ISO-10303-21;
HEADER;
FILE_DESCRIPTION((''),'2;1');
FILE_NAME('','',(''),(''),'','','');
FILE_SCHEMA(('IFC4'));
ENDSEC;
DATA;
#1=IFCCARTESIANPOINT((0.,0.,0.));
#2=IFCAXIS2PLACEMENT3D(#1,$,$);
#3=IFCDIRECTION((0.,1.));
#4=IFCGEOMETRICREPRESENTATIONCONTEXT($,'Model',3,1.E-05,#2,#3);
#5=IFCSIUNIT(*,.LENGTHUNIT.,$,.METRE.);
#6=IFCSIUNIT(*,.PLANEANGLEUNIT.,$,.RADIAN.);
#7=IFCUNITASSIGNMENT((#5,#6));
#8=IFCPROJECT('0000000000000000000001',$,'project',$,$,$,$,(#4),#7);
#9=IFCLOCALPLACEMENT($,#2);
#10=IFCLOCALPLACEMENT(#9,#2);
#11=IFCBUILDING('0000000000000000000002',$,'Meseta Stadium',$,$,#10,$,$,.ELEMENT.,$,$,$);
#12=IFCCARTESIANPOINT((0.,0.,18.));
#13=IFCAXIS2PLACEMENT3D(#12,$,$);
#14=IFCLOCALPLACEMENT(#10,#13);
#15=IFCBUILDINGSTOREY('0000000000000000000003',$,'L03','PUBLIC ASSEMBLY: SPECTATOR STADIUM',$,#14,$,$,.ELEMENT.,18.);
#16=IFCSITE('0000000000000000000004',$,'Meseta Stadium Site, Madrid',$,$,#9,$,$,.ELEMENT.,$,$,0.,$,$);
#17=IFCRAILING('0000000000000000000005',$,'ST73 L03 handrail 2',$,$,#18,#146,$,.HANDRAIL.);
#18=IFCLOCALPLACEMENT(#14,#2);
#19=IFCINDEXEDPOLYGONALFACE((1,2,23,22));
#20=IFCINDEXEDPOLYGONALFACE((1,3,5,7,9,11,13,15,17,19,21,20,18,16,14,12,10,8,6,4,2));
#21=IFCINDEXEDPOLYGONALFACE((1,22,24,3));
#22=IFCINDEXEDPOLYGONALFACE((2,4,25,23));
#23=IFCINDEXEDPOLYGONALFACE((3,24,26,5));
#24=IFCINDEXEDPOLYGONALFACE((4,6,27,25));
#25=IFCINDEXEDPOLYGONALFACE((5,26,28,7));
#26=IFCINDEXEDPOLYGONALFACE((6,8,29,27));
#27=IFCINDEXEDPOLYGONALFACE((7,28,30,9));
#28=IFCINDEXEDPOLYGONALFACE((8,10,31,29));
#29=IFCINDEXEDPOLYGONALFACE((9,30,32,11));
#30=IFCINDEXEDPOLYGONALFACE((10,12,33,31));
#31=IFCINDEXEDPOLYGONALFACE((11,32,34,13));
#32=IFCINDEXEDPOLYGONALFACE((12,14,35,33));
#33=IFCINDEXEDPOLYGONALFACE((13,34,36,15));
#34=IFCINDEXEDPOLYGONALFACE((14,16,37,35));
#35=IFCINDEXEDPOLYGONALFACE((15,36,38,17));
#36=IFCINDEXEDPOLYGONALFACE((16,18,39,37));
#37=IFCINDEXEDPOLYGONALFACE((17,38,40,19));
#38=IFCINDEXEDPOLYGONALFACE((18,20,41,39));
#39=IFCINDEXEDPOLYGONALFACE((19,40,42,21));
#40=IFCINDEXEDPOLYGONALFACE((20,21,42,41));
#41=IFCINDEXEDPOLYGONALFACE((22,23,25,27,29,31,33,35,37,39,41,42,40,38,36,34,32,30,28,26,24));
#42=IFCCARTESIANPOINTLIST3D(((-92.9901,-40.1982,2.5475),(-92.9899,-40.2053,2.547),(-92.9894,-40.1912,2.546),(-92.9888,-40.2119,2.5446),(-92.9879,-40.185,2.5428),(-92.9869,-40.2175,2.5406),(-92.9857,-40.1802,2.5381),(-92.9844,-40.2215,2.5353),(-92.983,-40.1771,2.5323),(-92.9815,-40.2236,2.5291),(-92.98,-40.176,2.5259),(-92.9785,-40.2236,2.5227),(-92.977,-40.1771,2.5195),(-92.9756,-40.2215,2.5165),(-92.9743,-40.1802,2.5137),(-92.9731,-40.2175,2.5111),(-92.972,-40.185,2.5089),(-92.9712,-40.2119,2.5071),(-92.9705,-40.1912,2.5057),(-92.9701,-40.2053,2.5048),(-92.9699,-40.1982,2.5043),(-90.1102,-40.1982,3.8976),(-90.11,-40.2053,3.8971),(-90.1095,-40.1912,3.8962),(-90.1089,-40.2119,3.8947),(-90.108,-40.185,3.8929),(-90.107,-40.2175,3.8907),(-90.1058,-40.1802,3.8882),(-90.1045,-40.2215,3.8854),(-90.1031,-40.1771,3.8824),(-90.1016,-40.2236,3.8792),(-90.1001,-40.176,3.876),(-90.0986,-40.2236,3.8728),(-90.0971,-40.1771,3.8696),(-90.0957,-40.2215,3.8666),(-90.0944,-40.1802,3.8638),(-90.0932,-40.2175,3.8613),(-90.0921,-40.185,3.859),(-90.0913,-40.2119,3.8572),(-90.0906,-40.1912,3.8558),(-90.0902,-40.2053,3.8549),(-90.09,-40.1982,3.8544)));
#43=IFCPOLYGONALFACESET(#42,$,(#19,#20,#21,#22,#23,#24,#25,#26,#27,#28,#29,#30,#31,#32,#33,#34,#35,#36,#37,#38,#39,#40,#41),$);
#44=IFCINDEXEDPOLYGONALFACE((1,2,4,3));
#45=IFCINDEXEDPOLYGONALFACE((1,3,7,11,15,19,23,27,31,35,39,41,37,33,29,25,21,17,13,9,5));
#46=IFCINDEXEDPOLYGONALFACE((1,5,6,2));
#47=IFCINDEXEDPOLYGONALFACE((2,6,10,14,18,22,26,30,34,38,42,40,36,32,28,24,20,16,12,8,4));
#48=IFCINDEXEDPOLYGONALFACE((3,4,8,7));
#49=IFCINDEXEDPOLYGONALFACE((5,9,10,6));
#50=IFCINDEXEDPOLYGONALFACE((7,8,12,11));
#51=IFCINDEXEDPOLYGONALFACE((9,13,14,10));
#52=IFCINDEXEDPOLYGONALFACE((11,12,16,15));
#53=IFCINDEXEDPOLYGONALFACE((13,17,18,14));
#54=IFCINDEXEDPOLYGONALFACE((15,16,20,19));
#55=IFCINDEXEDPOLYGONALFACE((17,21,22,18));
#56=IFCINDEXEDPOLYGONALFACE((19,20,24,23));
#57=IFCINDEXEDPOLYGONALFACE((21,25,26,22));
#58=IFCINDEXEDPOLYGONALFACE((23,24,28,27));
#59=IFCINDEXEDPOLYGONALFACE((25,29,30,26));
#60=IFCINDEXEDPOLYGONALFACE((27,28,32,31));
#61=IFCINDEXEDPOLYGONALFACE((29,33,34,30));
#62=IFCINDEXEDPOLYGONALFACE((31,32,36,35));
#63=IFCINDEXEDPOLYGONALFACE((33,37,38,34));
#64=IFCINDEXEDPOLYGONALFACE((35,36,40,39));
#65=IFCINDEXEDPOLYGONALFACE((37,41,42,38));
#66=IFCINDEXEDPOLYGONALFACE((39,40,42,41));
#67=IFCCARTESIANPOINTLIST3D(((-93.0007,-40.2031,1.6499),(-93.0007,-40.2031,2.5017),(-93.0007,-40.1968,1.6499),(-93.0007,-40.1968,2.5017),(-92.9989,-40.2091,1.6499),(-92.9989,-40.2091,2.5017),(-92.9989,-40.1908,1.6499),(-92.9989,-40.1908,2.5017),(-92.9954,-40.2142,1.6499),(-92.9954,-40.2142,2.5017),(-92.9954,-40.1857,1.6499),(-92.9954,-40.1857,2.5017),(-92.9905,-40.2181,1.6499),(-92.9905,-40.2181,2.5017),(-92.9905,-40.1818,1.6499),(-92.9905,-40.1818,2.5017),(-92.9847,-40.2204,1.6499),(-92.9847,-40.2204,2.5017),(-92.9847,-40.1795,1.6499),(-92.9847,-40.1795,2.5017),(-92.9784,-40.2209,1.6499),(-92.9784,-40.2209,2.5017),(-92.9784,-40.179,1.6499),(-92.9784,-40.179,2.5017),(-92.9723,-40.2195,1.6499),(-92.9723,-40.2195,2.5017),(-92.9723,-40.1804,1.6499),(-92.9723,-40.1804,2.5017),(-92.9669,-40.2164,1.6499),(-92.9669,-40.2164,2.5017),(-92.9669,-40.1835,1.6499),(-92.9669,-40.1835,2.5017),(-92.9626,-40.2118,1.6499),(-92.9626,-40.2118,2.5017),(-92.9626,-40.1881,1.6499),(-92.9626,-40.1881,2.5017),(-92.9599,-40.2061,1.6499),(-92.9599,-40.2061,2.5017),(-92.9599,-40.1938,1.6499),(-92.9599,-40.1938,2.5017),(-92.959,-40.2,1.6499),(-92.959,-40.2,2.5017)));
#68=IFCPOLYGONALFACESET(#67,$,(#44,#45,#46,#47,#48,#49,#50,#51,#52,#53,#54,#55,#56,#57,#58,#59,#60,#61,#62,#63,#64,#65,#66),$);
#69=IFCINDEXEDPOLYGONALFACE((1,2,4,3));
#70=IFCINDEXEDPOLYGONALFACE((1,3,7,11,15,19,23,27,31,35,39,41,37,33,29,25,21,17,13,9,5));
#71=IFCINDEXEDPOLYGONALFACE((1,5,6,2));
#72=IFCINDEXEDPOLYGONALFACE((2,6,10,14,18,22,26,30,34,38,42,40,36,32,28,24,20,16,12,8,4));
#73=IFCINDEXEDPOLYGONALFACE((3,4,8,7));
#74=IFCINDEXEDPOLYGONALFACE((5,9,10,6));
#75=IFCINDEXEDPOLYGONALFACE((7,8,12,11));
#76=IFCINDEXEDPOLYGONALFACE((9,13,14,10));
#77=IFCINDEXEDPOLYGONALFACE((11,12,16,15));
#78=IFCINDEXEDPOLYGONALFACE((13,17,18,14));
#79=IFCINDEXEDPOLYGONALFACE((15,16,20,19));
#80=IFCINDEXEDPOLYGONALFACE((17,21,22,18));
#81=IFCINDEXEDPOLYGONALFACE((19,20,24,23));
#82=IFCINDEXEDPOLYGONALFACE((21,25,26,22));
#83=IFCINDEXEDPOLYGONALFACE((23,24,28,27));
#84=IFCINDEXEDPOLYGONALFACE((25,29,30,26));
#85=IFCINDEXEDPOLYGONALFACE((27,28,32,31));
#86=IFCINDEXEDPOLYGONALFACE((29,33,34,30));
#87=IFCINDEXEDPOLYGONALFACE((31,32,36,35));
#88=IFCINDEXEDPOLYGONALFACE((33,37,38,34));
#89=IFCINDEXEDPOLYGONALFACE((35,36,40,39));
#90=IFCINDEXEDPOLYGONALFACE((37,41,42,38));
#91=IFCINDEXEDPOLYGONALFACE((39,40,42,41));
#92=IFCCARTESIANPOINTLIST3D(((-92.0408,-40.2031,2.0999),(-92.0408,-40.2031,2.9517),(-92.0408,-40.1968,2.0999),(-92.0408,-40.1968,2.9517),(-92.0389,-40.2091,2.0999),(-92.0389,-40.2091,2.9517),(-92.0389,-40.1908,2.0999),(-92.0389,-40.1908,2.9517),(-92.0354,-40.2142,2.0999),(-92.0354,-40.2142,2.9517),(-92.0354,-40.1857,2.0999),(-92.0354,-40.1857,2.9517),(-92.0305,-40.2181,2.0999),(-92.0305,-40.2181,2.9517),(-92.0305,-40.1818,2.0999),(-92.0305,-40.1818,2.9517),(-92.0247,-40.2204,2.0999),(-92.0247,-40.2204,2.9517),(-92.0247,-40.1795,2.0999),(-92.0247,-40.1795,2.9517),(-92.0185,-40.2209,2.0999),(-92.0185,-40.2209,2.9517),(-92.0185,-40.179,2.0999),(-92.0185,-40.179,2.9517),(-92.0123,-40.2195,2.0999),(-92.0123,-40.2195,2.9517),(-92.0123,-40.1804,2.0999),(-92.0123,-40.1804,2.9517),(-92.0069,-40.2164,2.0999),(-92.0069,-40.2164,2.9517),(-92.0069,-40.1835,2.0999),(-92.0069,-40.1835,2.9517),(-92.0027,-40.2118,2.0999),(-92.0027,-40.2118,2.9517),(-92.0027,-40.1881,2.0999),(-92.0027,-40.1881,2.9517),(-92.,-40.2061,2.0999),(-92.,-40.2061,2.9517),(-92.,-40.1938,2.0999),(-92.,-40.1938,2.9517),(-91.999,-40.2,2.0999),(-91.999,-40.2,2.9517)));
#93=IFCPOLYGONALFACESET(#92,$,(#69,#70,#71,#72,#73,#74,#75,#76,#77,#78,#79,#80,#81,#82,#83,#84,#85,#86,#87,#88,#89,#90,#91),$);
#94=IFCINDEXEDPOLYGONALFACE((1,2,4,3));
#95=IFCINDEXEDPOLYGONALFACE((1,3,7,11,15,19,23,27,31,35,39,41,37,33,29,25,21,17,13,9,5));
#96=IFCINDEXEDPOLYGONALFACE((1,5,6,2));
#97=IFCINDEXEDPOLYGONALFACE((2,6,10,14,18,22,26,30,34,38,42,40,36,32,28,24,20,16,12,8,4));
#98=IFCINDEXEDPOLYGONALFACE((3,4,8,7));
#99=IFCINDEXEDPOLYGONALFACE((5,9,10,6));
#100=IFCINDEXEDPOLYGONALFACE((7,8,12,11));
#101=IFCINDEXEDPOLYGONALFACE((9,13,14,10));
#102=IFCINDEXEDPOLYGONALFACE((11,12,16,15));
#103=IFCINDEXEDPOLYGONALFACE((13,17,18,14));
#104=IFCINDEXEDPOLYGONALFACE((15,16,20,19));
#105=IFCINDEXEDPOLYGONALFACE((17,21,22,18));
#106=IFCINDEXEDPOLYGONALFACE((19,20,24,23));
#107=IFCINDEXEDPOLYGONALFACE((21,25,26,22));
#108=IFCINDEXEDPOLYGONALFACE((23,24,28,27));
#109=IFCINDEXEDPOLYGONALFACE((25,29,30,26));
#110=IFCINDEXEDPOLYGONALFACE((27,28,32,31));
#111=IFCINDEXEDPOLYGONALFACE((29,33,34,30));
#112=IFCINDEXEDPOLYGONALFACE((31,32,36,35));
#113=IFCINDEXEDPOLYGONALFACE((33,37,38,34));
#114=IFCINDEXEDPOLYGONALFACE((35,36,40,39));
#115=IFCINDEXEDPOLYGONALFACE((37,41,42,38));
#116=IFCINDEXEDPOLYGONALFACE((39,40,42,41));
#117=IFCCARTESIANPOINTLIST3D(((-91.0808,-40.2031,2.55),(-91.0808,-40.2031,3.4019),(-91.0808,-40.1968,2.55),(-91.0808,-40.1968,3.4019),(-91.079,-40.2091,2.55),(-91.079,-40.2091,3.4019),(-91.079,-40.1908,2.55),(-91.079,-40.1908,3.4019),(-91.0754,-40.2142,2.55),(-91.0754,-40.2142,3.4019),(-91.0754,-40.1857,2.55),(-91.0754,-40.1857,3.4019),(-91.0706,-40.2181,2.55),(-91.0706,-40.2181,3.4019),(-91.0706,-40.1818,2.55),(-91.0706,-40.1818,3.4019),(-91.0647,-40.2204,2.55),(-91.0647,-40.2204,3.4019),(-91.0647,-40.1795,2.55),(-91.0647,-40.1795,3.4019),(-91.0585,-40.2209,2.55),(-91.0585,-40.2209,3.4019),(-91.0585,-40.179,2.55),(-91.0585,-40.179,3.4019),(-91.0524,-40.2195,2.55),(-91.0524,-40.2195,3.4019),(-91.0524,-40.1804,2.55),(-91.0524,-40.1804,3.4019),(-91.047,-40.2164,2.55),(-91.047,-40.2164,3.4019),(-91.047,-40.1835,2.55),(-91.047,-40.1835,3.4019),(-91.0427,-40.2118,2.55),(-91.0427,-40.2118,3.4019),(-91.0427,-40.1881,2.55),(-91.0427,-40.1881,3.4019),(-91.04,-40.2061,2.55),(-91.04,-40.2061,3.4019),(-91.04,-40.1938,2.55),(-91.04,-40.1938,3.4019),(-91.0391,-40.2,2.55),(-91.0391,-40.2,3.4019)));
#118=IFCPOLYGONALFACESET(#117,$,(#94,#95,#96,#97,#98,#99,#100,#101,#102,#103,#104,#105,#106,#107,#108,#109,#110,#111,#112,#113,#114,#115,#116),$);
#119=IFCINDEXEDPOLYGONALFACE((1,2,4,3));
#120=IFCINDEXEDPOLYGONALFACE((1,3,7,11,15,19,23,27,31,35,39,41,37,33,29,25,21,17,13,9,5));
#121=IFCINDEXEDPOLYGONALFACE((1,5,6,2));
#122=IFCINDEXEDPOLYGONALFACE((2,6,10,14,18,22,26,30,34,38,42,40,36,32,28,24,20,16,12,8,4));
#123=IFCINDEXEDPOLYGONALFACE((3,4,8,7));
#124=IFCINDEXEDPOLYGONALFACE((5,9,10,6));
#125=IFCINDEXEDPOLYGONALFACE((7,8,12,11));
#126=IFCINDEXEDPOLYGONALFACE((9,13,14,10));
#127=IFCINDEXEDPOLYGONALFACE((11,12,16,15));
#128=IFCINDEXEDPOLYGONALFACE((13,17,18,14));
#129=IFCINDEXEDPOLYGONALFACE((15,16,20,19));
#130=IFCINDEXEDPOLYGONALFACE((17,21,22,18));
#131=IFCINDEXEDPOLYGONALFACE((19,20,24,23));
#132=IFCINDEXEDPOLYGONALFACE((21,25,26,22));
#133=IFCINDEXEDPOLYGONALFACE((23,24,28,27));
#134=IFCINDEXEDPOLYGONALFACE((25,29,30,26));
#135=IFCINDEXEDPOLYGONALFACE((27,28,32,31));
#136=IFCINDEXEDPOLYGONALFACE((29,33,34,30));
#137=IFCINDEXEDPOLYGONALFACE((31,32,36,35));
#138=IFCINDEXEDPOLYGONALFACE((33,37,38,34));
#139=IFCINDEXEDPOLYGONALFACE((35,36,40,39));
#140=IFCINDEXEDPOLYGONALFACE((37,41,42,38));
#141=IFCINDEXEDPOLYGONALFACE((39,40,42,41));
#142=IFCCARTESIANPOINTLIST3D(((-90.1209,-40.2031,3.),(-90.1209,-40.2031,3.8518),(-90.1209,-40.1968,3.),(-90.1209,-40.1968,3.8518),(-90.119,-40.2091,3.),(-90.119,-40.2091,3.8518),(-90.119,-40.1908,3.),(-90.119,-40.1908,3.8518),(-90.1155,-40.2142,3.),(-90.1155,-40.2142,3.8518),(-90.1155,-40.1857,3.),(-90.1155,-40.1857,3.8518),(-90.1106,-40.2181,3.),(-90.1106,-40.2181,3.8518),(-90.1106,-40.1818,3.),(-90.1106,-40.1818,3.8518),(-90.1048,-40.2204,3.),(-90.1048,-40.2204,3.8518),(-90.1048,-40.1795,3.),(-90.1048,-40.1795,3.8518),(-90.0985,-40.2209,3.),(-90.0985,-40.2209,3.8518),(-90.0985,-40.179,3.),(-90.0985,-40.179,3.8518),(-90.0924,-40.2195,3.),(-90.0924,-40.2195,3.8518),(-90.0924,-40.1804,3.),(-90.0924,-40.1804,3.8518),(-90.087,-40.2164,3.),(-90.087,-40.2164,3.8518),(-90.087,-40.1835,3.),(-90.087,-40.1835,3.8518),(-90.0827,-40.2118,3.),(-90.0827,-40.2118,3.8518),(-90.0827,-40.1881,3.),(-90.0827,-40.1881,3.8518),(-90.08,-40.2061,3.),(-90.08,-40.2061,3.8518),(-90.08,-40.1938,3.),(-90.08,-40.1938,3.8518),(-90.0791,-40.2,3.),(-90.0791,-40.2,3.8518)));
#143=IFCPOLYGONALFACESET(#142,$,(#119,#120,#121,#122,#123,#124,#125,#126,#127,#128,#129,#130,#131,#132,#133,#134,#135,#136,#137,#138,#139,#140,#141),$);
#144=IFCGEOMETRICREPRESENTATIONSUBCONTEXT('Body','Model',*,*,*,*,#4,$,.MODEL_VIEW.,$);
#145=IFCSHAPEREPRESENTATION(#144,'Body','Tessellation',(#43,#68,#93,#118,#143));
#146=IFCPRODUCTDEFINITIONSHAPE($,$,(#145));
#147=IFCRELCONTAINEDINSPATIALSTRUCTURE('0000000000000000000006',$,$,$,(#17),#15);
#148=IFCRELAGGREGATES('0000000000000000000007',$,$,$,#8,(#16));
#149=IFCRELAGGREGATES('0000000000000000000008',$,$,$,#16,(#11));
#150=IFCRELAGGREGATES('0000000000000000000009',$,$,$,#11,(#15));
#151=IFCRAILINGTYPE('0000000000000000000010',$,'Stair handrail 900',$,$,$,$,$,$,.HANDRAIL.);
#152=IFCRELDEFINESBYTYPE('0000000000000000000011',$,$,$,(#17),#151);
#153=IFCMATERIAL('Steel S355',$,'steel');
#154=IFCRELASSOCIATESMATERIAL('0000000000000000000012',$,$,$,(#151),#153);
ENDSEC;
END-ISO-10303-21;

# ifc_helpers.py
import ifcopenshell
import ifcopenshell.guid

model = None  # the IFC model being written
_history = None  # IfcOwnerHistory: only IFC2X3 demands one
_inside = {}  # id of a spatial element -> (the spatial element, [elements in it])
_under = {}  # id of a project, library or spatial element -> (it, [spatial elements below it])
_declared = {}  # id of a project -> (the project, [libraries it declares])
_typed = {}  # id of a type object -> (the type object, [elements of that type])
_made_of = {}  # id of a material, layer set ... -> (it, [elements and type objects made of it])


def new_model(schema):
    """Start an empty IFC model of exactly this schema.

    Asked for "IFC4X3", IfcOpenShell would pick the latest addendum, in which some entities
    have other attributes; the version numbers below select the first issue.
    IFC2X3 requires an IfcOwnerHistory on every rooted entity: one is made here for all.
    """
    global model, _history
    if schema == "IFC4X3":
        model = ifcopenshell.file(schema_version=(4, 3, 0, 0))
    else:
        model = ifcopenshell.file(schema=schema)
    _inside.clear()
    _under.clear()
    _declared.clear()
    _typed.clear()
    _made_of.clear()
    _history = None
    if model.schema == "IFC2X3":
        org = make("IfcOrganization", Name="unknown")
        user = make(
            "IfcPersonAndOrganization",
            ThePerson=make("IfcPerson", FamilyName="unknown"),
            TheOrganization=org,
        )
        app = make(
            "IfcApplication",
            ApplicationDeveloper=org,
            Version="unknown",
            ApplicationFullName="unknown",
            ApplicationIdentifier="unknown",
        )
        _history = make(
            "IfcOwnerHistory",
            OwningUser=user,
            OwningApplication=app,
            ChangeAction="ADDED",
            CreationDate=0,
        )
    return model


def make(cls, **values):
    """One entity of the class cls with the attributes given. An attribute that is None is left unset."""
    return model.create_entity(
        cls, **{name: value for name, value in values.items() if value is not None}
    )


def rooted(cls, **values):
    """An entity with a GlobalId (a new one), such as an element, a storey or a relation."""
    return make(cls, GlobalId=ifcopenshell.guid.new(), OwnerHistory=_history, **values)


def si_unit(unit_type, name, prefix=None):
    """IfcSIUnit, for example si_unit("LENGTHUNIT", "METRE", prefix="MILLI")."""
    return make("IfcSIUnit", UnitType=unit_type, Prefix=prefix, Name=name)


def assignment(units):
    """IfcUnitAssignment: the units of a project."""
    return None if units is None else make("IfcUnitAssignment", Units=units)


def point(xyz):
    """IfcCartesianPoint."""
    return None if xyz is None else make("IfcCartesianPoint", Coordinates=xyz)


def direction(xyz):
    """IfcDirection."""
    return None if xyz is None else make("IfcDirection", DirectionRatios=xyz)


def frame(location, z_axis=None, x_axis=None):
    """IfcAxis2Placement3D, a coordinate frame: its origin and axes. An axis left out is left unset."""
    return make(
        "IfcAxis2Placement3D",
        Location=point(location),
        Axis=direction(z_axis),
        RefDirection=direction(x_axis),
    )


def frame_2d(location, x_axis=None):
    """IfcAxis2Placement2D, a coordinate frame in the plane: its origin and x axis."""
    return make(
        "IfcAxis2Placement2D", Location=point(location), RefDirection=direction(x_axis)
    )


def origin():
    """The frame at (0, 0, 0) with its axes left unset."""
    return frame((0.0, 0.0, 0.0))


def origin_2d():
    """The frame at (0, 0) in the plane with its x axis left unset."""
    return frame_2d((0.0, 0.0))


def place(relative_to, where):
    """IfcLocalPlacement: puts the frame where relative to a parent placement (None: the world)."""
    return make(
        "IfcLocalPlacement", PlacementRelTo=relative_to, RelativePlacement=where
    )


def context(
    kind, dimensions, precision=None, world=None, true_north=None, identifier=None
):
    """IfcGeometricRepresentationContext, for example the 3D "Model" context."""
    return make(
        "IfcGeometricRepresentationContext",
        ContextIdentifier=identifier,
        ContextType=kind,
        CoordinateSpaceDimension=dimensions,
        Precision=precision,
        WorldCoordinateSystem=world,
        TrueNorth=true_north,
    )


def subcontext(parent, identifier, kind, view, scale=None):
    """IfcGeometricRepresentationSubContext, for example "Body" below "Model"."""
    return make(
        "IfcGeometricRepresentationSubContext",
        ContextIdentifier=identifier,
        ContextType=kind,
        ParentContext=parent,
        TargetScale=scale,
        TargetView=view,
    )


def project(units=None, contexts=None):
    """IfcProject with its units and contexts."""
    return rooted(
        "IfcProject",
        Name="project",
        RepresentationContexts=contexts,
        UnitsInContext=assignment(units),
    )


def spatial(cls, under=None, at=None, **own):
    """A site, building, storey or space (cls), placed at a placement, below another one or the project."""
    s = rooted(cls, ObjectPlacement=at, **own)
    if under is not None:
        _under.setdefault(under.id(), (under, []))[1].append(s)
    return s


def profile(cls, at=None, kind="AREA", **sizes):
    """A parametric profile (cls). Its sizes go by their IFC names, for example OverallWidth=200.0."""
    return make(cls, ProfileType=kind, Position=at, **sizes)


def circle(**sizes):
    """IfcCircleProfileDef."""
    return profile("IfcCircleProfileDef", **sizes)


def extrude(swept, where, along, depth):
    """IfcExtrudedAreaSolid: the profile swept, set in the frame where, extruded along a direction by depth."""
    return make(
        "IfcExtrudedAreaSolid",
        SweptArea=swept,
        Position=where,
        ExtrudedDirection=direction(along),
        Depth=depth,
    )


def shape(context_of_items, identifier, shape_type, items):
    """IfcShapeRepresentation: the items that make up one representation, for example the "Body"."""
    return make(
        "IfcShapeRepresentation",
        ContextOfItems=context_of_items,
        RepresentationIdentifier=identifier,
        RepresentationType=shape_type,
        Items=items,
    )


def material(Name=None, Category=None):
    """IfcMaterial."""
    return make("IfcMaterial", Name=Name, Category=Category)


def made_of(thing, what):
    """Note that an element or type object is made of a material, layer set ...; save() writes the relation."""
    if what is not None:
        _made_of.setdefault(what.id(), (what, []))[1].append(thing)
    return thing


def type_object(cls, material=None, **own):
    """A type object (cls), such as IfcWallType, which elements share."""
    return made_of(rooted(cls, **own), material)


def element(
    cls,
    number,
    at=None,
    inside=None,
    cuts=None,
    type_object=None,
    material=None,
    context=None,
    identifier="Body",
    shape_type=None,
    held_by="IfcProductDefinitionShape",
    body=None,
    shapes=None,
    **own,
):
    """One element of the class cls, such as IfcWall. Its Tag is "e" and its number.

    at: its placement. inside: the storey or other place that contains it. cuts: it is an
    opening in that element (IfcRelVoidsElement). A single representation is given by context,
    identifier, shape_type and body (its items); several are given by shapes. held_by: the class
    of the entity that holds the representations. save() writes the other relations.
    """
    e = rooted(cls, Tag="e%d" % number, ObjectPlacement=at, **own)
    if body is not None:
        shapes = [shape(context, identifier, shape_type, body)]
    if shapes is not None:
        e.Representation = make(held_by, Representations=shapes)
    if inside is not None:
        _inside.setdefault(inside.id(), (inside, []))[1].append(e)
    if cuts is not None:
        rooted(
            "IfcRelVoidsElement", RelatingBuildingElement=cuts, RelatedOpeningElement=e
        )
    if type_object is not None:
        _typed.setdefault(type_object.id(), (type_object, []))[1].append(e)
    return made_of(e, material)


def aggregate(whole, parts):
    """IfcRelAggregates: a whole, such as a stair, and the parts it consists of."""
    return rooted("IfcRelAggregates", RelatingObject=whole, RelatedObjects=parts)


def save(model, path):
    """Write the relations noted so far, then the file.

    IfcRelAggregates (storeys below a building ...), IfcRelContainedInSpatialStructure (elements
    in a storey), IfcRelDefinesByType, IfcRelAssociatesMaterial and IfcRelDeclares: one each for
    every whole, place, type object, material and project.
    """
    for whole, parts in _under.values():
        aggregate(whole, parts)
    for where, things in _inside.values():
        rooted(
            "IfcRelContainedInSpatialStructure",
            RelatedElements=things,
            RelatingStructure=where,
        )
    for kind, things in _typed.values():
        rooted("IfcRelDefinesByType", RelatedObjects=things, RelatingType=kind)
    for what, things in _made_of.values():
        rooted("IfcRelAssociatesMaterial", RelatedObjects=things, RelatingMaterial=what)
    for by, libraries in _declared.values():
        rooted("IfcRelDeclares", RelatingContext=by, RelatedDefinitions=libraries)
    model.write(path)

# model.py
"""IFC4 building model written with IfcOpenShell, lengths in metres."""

from ifc_helpers import new_model, si_unit, direction, frame, origin, origin_2d, place, context, subcontext, project, spatial, circle, extrude, material, type_object, element, save


model = new_model("IFC4")

# Units and contexts
model_context = context("Model", 3, precision=1e-05, world=origin(), true_north=direction((0.0, 1.0)))
body_context = subcontext(model_context, "Body", "Model", "MODEL_VIEW")
ifc_project = project(units=[si_unit("LENGTHUNIT", "METRE"), si_unit("PLANEANGLEUNIT", "RADIAN")], contexts=[model_context])

# Site, building, storey
site_placement = place(None, origin())
site = spatial("IfcSite", under=ifc_project, at=site_placement, Name="Meseta Stadium Site, Madrid", CompositionType="ELEMENT", RefElevation=0.0)
building_placement = place(site_placement, origin())
building = spatial("IfcBuilding", under=site, at=building_placement, Name="Meseta Stadium", CompositionType="ELEMENT")
storey_placement = place(building_placement, frame((0.0, 0.0, 18.0)))
storey = spatial("IfcBuildingStorey", under=building, at=storey_placement, Name="L03", Description="PUBLIC ASSEMBLY: SPECTATOR STADIUM", CompositionType="ELEMENT", Elevation=18.0)

# Railing
ifc_material_1 = material(Name="Steel S355", Category="steel")
railing_type_1 = type_object("IfcRailingType", Name="Stair handrail 900", PredefinedType="HANDRAIL", material=ifc_material_1)
for number, where, name in (
    (1, (-92.98, -40.2, 1.6499), "ST73 L03 handrail 2"),
):
    element("IfcRailing", number, at=place(storey_placement, frame(where)), inside=storey, type_object=railing_type_1, Name=name, PredefinedType="HANDRAIL", context=body_context, shape_type="SweptSolid", body=[
        extrude(circle(Radius=0.0239, at=origin_2d()), frame((0.0, 0.0, 0.876), z_axis=(0.90544, 0.0, 0.424473), x_axis=(0.0, 1.0, 0.0)), (0.0, 0.0, 1.0), 3.1807),
        extrude(circle(Radius=0.021, at=origin_2d()), origin(), (0.0, 0.0, 1.0), 0.8518),
        extrude(circle(Radius=0.021, at=origin_2d()), frame((0.96, 0.0, 0.45)), (0.0, 0.0, 1.0), 0.8518),
        extrude(circle(Radius=0.021, at=origin_2d()), frame((1.9199, 0.0, 0.9001)), (0.0, 0.0, 1.0), 0.8518),
        extrude(circle(Radius=0.021, at=origin_2d()), frame((2.8799, 0.0, 1.3501)), (0.0, 0.0, 1.0), 0.8518),
    ])

save(model, "model.ifc")
